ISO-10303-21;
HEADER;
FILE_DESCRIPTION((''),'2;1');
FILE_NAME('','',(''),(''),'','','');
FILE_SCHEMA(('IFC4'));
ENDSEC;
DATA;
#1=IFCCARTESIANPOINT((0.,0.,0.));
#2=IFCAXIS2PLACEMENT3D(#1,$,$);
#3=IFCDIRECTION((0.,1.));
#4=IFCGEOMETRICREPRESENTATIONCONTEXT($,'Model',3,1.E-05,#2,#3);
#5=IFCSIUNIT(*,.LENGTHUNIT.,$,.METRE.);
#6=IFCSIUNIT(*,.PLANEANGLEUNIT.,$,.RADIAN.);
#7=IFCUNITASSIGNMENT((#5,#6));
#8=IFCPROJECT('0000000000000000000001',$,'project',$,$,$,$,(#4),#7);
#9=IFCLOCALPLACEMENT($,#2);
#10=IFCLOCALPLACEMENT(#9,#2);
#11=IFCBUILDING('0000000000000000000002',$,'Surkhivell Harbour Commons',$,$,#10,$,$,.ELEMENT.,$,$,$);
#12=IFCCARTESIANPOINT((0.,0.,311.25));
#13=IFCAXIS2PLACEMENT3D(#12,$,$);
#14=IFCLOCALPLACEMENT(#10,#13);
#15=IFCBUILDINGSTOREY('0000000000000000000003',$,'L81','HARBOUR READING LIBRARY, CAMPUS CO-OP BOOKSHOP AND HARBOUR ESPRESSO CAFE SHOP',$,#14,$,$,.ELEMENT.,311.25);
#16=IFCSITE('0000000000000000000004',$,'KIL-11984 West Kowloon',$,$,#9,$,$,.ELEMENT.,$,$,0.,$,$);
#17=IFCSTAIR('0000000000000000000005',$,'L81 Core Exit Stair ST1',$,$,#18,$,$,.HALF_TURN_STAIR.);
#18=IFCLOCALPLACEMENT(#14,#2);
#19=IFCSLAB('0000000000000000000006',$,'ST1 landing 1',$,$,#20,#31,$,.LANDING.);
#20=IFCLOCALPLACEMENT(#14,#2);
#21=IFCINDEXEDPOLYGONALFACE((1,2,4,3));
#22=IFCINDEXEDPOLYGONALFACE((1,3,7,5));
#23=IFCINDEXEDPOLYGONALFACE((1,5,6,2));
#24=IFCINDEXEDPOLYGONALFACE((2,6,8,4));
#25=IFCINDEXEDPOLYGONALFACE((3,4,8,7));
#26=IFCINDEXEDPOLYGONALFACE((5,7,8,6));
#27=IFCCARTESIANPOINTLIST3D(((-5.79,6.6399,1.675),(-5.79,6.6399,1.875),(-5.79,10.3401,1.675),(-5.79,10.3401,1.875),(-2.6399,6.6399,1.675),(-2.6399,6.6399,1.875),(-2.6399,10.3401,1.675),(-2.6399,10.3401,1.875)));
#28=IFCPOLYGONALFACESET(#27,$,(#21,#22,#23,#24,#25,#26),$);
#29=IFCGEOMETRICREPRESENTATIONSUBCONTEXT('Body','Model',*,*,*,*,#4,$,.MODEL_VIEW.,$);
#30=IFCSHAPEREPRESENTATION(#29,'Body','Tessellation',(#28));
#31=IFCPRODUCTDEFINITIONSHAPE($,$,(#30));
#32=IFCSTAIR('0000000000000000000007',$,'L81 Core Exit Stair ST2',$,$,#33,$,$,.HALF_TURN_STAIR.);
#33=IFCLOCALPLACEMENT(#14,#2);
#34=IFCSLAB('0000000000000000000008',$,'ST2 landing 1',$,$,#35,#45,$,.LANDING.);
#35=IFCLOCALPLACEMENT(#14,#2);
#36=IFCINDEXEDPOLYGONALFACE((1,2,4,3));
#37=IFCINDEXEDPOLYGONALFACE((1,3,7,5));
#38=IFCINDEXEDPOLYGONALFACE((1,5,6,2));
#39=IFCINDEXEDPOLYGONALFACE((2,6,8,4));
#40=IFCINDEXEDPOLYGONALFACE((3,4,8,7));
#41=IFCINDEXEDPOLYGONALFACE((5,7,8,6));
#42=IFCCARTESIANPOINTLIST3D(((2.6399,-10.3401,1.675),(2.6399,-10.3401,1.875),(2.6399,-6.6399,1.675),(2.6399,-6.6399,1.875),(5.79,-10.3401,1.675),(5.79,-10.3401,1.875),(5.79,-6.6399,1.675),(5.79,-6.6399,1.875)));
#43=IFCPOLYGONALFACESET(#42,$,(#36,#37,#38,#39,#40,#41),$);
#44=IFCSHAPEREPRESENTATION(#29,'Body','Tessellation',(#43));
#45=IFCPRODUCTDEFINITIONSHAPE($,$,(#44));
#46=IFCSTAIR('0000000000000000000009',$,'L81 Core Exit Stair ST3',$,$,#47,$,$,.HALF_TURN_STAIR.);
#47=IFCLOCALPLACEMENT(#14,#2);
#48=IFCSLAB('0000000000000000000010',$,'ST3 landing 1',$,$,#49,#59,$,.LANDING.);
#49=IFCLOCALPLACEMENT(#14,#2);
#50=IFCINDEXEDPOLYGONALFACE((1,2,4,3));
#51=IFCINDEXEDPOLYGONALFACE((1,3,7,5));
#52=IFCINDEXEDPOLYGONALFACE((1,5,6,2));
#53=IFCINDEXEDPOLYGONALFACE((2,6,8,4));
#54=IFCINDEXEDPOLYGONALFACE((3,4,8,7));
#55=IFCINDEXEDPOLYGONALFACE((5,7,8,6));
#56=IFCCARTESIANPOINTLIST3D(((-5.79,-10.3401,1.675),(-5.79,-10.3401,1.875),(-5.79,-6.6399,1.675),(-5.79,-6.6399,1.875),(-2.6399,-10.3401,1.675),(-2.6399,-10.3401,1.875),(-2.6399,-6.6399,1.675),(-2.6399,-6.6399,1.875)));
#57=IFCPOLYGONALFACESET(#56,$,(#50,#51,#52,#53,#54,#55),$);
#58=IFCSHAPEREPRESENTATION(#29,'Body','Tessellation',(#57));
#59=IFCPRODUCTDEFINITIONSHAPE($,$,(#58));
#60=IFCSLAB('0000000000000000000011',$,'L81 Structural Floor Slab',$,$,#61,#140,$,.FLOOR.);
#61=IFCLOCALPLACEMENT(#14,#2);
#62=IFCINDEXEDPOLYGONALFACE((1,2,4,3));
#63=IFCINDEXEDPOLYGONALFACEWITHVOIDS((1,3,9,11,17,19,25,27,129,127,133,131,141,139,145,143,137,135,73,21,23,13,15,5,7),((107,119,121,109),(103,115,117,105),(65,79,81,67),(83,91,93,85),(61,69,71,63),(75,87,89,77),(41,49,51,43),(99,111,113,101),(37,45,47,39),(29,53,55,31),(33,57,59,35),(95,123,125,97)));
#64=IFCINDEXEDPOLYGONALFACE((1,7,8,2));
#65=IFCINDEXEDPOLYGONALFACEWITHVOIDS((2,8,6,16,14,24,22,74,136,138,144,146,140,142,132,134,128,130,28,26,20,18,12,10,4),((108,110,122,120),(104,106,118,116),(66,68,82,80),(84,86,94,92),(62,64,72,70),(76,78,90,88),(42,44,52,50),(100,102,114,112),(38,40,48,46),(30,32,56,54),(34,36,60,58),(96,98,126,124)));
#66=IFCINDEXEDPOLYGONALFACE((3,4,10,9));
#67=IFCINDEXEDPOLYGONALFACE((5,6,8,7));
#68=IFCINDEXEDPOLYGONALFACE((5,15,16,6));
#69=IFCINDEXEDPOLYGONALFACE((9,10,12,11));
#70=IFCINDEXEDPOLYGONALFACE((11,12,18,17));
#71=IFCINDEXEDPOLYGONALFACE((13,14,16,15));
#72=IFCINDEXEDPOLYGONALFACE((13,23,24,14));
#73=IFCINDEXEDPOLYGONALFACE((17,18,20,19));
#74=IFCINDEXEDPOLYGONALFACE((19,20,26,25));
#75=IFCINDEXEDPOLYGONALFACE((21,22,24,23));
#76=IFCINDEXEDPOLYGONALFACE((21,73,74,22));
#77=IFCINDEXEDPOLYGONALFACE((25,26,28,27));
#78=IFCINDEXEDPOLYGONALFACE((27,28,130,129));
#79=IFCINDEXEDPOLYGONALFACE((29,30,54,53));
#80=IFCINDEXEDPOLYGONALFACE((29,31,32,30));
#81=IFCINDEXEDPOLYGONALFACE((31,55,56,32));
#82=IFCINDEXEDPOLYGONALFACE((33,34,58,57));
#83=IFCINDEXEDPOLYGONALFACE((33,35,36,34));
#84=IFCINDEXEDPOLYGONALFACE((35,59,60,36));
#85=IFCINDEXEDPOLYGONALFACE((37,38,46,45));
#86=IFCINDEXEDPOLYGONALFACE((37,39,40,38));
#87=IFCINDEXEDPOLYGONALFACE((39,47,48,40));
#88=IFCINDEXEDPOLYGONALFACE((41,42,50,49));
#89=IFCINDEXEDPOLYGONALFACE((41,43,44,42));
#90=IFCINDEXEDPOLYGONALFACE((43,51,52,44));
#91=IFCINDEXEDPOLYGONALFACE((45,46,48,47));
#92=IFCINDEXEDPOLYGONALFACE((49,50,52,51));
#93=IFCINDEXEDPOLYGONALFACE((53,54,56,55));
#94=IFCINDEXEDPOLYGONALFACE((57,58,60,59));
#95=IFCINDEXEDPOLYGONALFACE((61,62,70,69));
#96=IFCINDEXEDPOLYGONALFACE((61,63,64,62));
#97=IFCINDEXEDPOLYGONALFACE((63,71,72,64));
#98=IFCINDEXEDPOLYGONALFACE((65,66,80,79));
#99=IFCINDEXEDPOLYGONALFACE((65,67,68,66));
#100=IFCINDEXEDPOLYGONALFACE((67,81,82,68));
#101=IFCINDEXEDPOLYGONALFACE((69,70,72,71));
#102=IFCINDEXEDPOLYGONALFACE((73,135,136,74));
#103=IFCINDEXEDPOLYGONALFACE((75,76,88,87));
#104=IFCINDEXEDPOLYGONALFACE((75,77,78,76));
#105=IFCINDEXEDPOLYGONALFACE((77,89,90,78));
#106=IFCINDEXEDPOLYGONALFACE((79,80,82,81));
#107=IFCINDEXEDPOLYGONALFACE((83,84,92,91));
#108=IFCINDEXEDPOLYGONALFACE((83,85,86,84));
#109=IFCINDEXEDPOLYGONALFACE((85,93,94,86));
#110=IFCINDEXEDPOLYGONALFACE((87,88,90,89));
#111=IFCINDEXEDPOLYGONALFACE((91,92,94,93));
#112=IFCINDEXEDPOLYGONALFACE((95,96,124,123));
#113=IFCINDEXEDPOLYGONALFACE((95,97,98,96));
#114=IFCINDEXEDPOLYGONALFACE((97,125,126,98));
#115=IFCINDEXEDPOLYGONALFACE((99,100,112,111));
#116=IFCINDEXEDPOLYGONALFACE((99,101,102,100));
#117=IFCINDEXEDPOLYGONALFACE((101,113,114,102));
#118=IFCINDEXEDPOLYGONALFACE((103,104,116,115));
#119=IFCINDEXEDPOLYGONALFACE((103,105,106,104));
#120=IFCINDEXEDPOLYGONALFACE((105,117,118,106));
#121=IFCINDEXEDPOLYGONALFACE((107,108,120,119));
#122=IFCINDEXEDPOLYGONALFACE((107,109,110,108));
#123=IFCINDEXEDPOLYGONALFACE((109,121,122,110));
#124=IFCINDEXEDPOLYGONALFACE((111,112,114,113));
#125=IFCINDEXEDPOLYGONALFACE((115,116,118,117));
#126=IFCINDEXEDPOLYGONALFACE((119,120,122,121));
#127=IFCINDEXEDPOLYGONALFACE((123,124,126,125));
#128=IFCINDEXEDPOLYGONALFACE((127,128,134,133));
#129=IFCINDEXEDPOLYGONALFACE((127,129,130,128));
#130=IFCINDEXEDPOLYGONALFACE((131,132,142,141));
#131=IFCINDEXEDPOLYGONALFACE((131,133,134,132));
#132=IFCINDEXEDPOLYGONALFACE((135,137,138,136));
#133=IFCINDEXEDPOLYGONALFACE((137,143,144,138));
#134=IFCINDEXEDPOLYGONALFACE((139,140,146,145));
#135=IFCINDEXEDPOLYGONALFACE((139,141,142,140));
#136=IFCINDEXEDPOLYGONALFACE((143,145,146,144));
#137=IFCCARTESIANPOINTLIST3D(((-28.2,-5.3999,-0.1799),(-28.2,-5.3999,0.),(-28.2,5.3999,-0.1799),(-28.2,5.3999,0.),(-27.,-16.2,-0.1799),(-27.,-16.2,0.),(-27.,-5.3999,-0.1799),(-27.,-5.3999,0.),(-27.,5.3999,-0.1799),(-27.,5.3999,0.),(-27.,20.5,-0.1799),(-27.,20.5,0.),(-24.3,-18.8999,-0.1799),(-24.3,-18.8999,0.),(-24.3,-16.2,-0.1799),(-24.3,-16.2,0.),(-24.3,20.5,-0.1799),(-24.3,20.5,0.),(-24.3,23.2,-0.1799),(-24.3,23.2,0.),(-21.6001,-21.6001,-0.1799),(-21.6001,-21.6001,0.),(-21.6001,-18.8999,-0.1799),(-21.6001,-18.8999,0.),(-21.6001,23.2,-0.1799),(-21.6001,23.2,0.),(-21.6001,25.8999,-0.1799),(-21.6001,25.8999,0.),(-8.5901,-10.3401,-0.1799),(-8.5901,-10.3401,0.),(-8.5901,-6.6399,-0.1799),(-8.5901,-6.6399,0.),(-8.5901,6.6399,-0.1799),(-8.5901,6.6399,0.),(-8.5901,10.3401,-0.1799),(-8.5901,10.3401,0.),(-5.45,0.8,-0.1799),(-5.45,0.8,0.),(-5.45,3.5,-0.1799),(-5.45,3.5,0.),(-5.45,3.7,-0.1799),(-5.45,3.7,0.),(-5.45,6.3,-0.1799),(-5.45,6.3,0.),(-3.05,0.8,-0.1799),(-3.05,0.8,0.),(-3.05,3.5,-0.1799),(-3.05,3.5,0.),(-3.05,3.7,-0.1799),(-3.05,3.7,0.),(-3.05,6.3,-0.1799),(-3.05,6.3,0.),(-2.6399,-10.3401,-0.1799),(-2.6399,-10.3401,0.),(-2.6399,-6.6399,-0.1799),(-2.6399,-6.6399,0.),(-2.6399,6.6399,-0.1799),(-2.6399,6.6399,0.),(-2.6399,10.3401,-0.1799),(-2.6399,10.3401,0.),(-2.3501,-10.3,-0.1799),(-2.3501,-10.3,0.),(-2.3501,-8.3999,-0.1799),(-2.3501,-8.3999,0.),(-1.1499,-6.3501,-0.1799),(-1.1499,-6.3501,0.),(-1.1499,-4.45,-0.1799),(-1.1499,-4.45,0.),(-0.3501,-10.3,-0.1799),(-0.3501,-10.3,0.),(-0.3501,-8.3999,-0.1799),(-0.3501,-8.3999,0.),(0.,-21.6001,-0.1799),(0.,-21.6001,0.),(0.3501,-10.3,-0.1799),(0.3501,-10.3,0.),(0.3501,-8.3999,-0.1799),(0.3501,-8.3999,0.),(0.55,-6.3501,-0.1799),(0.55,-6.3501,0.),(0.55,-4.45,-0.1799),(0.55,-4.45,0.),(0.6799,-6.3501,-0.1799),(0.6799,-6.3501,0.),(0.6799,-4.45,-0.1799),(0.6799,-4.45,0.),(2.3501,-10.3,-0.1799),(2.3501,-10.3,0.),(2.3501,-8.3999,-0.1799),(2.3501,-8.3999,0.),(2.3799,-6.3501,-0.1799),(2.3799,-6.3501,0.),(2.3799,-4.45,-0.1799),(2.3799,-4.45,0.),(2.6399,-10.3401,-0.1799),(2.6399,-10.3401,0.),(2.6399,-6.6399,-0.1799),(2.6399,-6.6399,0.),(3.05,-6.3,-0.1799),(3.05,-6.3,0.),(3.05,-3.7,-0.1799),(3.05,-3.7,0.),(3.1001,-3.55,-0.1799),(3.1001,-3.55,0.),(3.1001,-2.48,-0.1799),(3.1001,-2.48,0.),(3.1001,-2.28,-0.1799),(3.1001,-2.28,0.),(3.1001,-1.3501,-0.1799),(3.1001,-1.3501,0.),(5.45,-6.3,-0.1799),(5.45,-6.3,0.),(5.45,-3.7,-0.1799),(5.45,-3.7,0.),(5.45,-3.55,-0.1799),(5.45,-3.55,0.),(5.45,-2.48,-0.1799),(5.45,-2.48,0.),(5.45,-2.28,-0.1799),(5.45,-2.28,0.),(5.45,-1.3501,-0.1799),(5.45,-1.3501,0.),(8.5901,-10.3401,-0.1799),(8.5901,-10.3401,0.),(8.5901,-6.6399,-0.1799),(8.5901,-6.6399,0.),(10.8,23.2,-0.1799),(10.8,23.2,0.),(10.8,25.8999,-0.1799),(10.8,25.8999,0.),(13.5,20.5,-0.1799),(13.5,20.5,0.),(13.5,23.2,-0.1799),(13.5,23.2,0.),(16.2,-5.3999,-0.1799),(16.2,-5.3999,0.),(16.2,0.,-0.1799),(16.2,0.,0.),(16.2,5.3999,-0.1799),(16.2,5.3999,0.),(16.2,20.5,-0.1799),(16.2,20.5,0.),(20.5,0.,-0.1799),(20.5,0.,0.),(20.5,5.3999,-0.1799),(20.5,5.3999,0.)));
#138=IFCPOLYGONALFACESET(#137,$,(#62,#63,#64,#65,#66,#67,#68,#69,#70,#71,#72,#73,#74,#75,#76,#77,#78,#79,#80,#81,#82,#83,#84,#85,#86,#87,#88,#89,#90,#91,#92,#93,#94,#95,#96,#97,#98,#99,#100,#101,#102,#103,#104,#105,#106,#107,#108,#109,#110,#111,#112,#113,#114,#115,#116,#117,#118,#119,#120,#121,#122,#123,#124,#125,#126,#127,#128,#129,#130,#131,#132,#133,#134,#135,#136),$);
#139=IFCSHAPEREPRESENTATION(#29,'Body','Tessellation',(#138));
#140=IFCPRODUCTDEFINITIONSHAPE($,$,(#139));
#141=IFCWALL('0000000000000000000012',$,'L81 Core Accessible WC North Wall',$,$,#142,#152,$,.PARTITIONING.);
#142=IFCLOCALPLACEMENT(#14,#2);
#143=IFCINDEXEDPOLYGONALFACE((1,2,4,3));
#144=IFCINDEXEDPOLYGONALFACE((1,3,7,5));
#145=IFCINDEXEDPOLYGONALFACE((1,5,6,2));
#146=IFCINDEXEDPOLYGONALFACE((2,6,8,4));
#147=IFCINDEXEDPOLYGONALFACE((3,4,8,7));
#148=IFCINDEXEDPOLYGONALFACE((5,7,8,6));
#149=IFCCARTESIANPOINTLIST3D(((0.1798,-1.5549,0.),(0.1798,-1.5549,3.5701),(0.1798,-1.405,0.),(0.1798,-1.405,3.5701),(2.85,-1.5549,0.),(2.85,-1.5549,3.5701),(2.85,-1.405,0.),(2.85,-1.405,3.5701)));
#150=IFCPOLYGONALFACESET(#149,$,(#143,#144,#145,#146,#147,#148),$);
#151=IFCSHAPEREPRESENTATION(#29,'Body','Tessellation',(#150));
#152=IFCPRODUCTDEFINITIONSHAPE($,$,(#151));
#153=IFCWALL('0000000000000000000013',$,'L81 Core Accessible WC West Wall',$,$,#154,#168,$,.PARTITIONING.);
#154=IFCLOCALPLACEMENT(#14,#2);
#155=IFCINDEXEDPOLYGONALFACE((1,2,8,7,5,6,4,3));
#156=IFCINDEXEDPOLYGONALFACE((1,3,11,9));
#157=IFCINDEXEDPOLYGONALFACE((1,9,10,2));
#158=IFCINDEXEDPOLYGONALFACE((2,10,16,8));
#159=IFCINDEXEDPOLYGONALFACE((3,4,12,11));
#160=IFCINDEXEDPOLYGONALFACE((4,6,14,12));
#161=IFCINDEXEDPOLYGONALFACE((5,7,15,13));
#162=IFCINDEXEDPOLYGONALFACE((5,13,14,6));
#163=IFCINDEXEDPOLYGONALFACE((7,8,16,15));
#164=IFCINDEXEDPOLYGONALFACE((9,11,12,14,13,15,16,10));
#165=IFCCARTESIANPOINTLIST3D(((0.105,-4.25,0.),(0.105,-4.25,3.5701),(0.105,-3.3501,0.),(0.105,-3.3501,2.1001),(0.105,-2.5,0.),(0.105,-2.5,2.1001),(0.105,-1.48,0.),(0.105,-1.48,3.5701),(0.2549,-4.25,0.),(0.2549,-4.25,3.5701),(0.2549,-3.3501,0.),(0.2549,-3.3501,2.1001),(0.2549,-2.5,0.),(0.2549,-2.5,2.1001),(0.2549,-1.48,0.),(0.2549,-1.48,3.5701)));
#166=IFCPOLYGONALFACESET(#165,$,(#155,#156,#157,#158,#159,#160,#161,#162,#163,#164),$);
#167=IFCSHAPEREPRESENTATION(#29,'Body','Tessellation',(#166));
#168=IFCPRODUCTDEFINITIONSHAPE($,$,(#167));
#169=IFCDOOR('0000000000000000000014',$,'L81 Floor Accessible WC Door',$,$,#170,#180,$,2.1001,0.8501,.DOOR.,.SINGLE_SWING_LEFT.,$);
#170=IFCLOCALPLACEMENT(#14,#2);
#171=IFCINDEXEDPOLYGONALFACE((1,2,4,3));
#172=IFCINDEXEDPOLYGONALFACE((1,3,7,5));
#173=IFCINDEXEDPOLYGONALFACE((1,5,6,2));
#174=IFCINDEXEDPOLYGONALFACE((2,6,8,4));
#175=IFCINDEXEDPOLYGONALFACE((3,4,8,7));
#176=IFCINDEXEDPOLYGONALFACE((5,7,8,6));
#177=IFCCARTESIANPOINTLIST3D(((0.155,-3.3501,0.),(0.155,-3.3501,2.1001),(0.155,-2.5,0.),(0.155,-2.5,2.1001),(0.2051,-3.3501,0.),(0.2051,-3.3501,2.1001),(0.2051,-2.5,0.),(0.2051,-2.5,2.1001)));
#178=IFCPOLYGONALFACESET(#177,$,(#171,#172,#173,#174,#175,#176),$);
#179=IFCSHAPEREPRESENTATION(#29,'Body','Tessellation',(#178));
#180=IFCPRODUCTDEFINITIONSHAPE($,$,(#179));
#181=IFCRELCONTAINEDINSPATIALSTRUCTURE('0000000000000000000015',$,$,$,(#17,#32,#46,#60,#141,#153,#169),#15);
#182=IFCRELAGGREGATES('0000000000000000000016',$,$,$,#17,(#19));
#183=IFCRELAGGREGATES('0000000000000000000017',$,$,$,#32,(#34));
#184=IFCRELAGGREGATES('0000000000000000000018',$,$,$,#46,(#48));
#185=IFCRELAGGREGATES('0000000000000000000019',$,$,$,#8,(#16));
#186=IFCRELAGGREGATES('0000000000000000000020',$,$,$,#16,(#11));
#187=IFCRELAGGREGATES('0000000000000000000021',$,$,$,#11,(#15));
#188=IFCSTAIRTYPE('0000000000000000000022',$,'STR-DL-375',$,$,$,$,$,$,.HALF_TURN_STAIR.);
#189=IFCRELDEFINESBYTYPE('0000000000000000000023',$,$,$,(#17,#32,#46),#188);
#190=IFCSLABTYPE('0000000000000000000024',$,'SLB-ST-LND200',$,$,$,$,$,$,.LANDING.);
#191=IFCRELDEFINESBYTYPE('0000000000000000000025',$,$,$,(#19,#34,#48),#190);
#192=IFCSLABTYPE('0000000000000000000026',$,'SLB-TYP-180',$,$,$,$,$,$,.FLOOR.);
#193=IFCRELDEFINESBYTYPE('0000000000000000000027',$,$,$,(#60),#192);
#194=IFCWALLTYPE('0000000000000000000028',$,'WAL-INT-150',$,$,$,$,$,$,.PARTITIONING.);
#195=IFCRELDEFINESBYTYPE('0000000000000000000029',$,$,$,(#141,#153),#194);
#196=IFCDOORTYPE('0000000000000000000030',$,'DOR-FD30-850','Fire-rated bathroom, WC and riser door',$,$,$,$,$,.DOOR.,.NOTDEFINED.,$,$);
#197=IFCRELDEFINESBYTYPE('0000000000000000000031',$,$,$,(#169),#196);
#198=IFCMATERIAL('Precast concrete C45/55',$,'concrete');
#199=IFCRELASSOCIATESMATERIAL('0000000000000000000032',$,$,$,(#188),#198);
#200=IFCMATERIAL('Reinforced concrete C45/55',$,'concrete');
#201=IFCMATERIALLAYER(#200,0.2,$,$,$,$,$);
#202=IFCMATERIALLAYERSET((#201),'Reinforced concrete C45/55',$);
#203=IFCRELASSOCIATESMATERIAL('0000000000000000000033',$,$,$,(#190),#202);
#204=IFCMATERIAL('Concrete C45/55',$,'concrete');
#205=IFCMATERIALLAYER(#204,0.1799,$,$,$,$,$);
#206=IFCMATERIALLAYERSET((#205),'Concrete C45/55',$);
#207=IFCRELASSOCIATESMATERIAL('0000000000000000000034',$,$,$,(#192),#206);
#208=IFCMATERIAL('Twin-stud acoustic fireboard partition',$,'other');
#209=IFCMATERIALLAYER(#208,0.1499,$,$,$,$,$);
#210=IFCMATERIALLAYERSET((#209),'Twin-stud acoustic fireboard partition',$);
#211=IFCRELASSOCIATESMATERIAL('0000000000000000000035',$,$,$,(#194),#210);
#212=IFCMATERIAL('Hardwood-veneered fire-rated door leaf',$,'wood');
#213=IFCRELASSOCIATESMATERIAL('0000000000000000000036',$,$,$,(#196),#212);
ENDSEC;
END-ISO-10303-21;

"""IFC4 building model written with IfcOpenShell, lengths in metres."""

from ifc_helpers import new_model, si_unit, direction, frame, frame_2d, origin, place, context, subcontext, project, spatial, polyline, rectangle, outline, extrude, material, layer, layer_set, type_object, element, fill, aggregate, save


model = new_model("IFC4")

# Units and contexts
model_context = context("Model", 3, precision=1e-05, world=origin(), true_north=direction((0.0, 1.0)))
body_context = subcontext(model_context, "Body", "Model", "MODEL_VIEW")
ifc_project = project(units=[si_unit("LENGTHUNIT", "METRE"), si_unit("PLANEANGLEUNIT", "RADIAN")], contexts=[model_context])

# Site, building, storey
site_placement = place(None, origin())
site = spatial("IfcSite", under=ifc_project, at=site_placement, Name="KIL-11984 West Kowloon", CompositionType="ELEMENT", RefElevation=0.0)
building_placement = place(site_placement, origin())
building = spatial("IfcBuilding", under=site, at=building_placement, Name="Surkhivell Harbour Commons", CompositionType="ELEMENT")
storey_placement = place(building_placement, frame((0.0, 0.0, 311.25)))
storey = spatial("IfcBuildingStorey", under=building, at=storey_placement, Name="L81", Description="HARBOUR READING LIBRARY, CAMPUS CO-OP BOOKSHOP AND HARBOUR ESPRESSO CAFE SHOP", CompositionType="ELEMENT", Elevation=311.25)

# Stairs, slabs
ifc_material_1 = material(Name="Precast concrete C45/55", Category="concrete")
stair_type = type_object("IfcStairType", Name="STR-DL-375", PredefinedType="HALF_TURN_STAIR", material=ifc_material_1)
stair_1_placement = place(storey_placement, origin())
stair_1 = element("IfcStair", 1, at=stair_1_placement, inside=storey, type_object=stair_type, Name="L81 Core Exit Stair ST1", PredefinedType="HALF_TURN_STAIR")
ifc_material_2 = material(Name="Reinforced concrete C45/55", Category="concrete")
ifc_layer_1 = layer(ifc_material_2, 0.2)
ifc_layer_set_1 = layer_set([ifc_layer_1], Name="Reinforced concrete C45/55")
slab_type_1 = type_object("IfcSlabType", Name="SLB-ST-LND200", PredefinedType="LANDING", material=ifc_layer_set_1)
slab_1_placement = place(storey_placement, frame((0.0, 0.0, 1.675)))
slab_1 = element("IfcSlab", 2, at=slab_1_placement, type_object=slab_type_1, Name="ST1 landing 1", PredefinedType="LANDING", context=body_context, shape_type="SweptSolid", body=[
    extrude(outline(polyline([(-5.79, 6.6399), (-2.6399, 6.6399), (-2.6399, 10.3401), (-5.79, 10.3401), (-5.79, 6.6399)])), origin(), (0.0, 0.0, 1.0), 0.2),
])
aggregate(stair_1, [slab_1])
stair_2_placement = place(storey_placement, origin())
stair_2 = element("IfcStair", 3, at=stair_2_placement, inside=storey, type_object=stair_type, Name="L81 Core Exit Stair ST2", PredefinedType="HALF_TURN_STAIR")
slab_2_placement = place(storey_placement, frame((0.0, 0.0, 1.675)))
slab_2 = element("IfcSlab", 4, at=slab_2_placement, type_object=slab_type_1, Name="ST2 landing 1", PredefinedType="LANDING", context=body_context, shape_type="SweptSolid", body=[
    extrude(outline(polyline([(5.79, -6.6399), (2.6399, -6.6399), (2.6399, -10.3401), (5.79, -10.3401), (5.79, -6.6399)])), origin(), (0.0, 0.0, 1.0), 0.2),
])
aggregate(stair_2, [slab_2])
stair_3_placement = place(storey_placement, origin())
stair_3 = element("IfcStair", 5, at=stair_3_placement, inside=storey, type_object=stair_type, Name="L81 Core Exit Stair ST3", PredefinedType="HALF_TURN_STAIR")
slab_3_placement = place(storey_placement, frame((0.0, 0.0, 1.675)))
slab_3 = element("IfcSlab", 6, at=slab_3_placement, type_object=slab_type_1, Name="ST3 landing 1", PredefinedType="LANDING", context=body_context, shape_type="SweptSolid", body=[
    extrude(outline(polyline([(-5.79, -10.3401), (-2.6399, -10.3401), (-2.6399, -6.6399), (-5.79, -6.6399), (-5.79, -10.3401)])), origin(), (0.0, 0.0, 1.0), 0.2),
])
aggregate(stair_3, [slab_3])

# Slab
ifc_material_3 = material(Name="Concrete C45/55", Category="concrete")
ifc_layer_2 = layer(ifc_material_3, 0.1799)
ifc_layer_set_2 = layer_set([ifc_layer_2], Name="Concrete C45/55")
slab_type_2 = type_object("IfcSlabType", Name="SLB-TYP-180", PredefinedType="FLOOR", material=ifc_layer_set_2)
slab_4_placement = place(storey_placement, frame((0.0, 0.0, -0.1799)))
element("IfcSlab", 7, at=slab_4_placement, inside=storey, type_object=slab_type_2, Name="L81 Structural Floor Slab", PredefinedType="FLOOR", context=body_context, shape_type="SweptSolid", body=[
    extrude(outline(polyline([(-27.0, 20.5), (-27.0, 5.3999), (-28.2, 5.3999), (-28.2, -5.3999), (-27.0, -5.3999), (-27.0, -16.2), (-24.3, -16.2), (-24.3, -18.8999), (-21.6001, -18.8999), (-21.6001, -21.6001), (0.0, -21.6001), (16.2, -5.3999), (16.2, 0.0), (20.5, 0.0), (20.5, 5.3999), (16.2, 5.3999), (16.2, 20.5), (13.5, 20.5), (13.5, 23.2), (10.8, 23.2), (10.8, 25.8999), (-21.6001, 25.8999), (-21.6001, 23.2), (-24.3, 23.2), (-24.3, 20.5), (-27.0, 20.5)]), holes=[polyline([(-8.5901, 6.6399), (-2.6399, 6.6399), (-2.6399, 10.3401), (-8.5901, 10.3401), (-8.5901, 6.6399)]), polyline([(8.5901, -6.6399), (2.6399, -6.6399), (2.6399, -10.3401), (8.5901, -10.3401), (8.5901, -6.6399)]), polyline([(-8.5901, -10.3401), (-2.6399, -10.3401), (-2.6399, -6.6399), (-8.5901, -6.6399), (-8.5901, -10.3401)]), polyline([(-1.1499, -6.3501), (0.55, -6.3501), (0.55, -4.45), (-1.1499, -4.45), (-1.1499, -6.3501)]), polyline([(0.6799, -6.3501), (2.3799, -6.3501), (2.3799, -4.45), (0.6799, -4.45), (0.6799, -6.3501)]), polyline([(-2.3501, -10.3), (-0.3501, -10.3), (-0.3501, -8.3999), (-2.3501, -8.3999), (-2.3501, -10.3)]), polyline([(0.3501, -10.3), (2.3501, -10.3), (2.3501, -8.3999), (0.3501, -8.3999), (0.3501, -10.3)]), polyline([(-5.45, 3.7), (-3.05, 3.7), (-3.05, 6.3), (-5.45, 6.3), (-5.45, 3.7)]), polyline([(3.05, -6.3), (5.45, -6.3), (5.45, -3.7), (3.05, -3.7), (3.05, -6.3)]), polyline([(-5.45, 0.8), (-3.05, 0.8), (-3.05, 3.5), (-5.45, 3.5), (-5.45, 0.8)]), polyline([(3.1001, -3.55), (5.45, -3.55), (5.45, -2.48), (3.1001, -2.48), (3.1001, -3.55)]), polyline([(3.1001, -2.28), (5.45, -2.28), (5.45, -1.3501), (3.1001, -1.3501), (3.1001, -2.28)])]), origin(), (0.0, 0.0, 1.0), 0.1799),
])

# Wall
ifc_material_4 = material(Name="Twin-stud acoustic fireboard partition", Category="other")
ifc_layer_3 = layer(ifc_material_4, 0.1499)
ifc_layer_set_3 = layer_set([ifc_layer_3], Name="Twin-stud acoustic fireboard partition")
wall_type_1 = type_object("IfcWallType", Name="WAL-INT-150", PredefinedType="PARTITIONING", material=ifc_layer_set_3)
wall_1_placement = place(storey_placement, frame((0.1799, -1.48, 0.0), z_axis=(0.0, 0.0, 1.0), x_axis=(1.0, 0.0, 0.0)))
element("IfcWall", 8, at=wall_1_placement, inside=storey, type_object=wall_type_1, Name="L81 Core Accessible WC North Wall", PredefinedType="PARTITIONING", context=body_context, shape_type="SweptSolid", body=[
    extrude(rectangle(XDim=2.6702, YDim=0.1499, at=frame_2d((1.335, 0.0))), origin(), (0.0, 0.0, 1.0), 3.5701),
])

# Wall, opening, door
wall_2_placement = place(storey_placement, frame((0.1799, -4.25, 0.0), z_axis=(0.0, 0.0, 1.0), x_axis=(0.0, 1.0, 0.0)))
wall_2 = element("IfcWall", 9, at=wall_2_placement, inside=storey, type_object=wall_type_1, Name="L81 Core Accessible WC West Wall", PredefinedType="PARTITIONING", context=body_context, shape_type="SweptSolid", body=[
    extrude(rectangle(XDim=2.77, YDim=0.1499, at=frame_2d((1.385, 0.0))), origin(), (0.0, 0.0, 1.0), 3.5701),
])
opening_1_placement = place(wall_2_placement, frame((0.8999, 0.0, 0.0)))
opening_1 = element("IfcOpeningElement", 10, at=opening_1_placement, cuts=wall_2, PredefinedType="OPENING", context=body_context, shape_type="SweptSolid", body=[
    extrude(rectangle(XDim=0.8501, YDim=2.1001, at=frame_2d((0.425, 1.05))), frame((0.0, 0.085, 0.0), z_axis=(0.0, -1.0, 0.0), x_axis=(1.0, 0.0, 0.0)), (0.0, 0.0, 1.0), 0.1699),
])
ifc_material_5 = material(Name="Hardwood-veneered fire-rated door leaf", Category="wood")
door_type_1 = type_object("IfcDoorType", Name="DOR-FD30-850", Description="Fire-rated bathroom, WC and riser door", OperationType="NOTDEFINED", PredefinedType="DOOR", material=ifc_material_5)
door_1_placement = place(opening_1_placement, origin())
door_1 = element("IfcDoor", 11, at=door_1_placement, inside=storey, type_object=door_type_1, Name="L81 Floor Accessible WC Door", OperationType="SINGLE_SWING_LEFT", OverallHeight=2.1001, OverallWidth=0.8501, PredefinedType="DOOR", context=body_context, shape_type="SweptSolid", body=[
    extrude(rectangle(XDim=0.8501, YDim=2.1001, at=frame_2d((0.425, 1.05))), frame((0.0, 0.0249, 0.0), z_axis=(0.0, -1.0, 0.0), x_axis=(1.0, 0.0, 0.0)), (0.0, 0.0, 1.0), 0.05),
])
fill(opening_1, door_1)

save(model, "model.ifc")
